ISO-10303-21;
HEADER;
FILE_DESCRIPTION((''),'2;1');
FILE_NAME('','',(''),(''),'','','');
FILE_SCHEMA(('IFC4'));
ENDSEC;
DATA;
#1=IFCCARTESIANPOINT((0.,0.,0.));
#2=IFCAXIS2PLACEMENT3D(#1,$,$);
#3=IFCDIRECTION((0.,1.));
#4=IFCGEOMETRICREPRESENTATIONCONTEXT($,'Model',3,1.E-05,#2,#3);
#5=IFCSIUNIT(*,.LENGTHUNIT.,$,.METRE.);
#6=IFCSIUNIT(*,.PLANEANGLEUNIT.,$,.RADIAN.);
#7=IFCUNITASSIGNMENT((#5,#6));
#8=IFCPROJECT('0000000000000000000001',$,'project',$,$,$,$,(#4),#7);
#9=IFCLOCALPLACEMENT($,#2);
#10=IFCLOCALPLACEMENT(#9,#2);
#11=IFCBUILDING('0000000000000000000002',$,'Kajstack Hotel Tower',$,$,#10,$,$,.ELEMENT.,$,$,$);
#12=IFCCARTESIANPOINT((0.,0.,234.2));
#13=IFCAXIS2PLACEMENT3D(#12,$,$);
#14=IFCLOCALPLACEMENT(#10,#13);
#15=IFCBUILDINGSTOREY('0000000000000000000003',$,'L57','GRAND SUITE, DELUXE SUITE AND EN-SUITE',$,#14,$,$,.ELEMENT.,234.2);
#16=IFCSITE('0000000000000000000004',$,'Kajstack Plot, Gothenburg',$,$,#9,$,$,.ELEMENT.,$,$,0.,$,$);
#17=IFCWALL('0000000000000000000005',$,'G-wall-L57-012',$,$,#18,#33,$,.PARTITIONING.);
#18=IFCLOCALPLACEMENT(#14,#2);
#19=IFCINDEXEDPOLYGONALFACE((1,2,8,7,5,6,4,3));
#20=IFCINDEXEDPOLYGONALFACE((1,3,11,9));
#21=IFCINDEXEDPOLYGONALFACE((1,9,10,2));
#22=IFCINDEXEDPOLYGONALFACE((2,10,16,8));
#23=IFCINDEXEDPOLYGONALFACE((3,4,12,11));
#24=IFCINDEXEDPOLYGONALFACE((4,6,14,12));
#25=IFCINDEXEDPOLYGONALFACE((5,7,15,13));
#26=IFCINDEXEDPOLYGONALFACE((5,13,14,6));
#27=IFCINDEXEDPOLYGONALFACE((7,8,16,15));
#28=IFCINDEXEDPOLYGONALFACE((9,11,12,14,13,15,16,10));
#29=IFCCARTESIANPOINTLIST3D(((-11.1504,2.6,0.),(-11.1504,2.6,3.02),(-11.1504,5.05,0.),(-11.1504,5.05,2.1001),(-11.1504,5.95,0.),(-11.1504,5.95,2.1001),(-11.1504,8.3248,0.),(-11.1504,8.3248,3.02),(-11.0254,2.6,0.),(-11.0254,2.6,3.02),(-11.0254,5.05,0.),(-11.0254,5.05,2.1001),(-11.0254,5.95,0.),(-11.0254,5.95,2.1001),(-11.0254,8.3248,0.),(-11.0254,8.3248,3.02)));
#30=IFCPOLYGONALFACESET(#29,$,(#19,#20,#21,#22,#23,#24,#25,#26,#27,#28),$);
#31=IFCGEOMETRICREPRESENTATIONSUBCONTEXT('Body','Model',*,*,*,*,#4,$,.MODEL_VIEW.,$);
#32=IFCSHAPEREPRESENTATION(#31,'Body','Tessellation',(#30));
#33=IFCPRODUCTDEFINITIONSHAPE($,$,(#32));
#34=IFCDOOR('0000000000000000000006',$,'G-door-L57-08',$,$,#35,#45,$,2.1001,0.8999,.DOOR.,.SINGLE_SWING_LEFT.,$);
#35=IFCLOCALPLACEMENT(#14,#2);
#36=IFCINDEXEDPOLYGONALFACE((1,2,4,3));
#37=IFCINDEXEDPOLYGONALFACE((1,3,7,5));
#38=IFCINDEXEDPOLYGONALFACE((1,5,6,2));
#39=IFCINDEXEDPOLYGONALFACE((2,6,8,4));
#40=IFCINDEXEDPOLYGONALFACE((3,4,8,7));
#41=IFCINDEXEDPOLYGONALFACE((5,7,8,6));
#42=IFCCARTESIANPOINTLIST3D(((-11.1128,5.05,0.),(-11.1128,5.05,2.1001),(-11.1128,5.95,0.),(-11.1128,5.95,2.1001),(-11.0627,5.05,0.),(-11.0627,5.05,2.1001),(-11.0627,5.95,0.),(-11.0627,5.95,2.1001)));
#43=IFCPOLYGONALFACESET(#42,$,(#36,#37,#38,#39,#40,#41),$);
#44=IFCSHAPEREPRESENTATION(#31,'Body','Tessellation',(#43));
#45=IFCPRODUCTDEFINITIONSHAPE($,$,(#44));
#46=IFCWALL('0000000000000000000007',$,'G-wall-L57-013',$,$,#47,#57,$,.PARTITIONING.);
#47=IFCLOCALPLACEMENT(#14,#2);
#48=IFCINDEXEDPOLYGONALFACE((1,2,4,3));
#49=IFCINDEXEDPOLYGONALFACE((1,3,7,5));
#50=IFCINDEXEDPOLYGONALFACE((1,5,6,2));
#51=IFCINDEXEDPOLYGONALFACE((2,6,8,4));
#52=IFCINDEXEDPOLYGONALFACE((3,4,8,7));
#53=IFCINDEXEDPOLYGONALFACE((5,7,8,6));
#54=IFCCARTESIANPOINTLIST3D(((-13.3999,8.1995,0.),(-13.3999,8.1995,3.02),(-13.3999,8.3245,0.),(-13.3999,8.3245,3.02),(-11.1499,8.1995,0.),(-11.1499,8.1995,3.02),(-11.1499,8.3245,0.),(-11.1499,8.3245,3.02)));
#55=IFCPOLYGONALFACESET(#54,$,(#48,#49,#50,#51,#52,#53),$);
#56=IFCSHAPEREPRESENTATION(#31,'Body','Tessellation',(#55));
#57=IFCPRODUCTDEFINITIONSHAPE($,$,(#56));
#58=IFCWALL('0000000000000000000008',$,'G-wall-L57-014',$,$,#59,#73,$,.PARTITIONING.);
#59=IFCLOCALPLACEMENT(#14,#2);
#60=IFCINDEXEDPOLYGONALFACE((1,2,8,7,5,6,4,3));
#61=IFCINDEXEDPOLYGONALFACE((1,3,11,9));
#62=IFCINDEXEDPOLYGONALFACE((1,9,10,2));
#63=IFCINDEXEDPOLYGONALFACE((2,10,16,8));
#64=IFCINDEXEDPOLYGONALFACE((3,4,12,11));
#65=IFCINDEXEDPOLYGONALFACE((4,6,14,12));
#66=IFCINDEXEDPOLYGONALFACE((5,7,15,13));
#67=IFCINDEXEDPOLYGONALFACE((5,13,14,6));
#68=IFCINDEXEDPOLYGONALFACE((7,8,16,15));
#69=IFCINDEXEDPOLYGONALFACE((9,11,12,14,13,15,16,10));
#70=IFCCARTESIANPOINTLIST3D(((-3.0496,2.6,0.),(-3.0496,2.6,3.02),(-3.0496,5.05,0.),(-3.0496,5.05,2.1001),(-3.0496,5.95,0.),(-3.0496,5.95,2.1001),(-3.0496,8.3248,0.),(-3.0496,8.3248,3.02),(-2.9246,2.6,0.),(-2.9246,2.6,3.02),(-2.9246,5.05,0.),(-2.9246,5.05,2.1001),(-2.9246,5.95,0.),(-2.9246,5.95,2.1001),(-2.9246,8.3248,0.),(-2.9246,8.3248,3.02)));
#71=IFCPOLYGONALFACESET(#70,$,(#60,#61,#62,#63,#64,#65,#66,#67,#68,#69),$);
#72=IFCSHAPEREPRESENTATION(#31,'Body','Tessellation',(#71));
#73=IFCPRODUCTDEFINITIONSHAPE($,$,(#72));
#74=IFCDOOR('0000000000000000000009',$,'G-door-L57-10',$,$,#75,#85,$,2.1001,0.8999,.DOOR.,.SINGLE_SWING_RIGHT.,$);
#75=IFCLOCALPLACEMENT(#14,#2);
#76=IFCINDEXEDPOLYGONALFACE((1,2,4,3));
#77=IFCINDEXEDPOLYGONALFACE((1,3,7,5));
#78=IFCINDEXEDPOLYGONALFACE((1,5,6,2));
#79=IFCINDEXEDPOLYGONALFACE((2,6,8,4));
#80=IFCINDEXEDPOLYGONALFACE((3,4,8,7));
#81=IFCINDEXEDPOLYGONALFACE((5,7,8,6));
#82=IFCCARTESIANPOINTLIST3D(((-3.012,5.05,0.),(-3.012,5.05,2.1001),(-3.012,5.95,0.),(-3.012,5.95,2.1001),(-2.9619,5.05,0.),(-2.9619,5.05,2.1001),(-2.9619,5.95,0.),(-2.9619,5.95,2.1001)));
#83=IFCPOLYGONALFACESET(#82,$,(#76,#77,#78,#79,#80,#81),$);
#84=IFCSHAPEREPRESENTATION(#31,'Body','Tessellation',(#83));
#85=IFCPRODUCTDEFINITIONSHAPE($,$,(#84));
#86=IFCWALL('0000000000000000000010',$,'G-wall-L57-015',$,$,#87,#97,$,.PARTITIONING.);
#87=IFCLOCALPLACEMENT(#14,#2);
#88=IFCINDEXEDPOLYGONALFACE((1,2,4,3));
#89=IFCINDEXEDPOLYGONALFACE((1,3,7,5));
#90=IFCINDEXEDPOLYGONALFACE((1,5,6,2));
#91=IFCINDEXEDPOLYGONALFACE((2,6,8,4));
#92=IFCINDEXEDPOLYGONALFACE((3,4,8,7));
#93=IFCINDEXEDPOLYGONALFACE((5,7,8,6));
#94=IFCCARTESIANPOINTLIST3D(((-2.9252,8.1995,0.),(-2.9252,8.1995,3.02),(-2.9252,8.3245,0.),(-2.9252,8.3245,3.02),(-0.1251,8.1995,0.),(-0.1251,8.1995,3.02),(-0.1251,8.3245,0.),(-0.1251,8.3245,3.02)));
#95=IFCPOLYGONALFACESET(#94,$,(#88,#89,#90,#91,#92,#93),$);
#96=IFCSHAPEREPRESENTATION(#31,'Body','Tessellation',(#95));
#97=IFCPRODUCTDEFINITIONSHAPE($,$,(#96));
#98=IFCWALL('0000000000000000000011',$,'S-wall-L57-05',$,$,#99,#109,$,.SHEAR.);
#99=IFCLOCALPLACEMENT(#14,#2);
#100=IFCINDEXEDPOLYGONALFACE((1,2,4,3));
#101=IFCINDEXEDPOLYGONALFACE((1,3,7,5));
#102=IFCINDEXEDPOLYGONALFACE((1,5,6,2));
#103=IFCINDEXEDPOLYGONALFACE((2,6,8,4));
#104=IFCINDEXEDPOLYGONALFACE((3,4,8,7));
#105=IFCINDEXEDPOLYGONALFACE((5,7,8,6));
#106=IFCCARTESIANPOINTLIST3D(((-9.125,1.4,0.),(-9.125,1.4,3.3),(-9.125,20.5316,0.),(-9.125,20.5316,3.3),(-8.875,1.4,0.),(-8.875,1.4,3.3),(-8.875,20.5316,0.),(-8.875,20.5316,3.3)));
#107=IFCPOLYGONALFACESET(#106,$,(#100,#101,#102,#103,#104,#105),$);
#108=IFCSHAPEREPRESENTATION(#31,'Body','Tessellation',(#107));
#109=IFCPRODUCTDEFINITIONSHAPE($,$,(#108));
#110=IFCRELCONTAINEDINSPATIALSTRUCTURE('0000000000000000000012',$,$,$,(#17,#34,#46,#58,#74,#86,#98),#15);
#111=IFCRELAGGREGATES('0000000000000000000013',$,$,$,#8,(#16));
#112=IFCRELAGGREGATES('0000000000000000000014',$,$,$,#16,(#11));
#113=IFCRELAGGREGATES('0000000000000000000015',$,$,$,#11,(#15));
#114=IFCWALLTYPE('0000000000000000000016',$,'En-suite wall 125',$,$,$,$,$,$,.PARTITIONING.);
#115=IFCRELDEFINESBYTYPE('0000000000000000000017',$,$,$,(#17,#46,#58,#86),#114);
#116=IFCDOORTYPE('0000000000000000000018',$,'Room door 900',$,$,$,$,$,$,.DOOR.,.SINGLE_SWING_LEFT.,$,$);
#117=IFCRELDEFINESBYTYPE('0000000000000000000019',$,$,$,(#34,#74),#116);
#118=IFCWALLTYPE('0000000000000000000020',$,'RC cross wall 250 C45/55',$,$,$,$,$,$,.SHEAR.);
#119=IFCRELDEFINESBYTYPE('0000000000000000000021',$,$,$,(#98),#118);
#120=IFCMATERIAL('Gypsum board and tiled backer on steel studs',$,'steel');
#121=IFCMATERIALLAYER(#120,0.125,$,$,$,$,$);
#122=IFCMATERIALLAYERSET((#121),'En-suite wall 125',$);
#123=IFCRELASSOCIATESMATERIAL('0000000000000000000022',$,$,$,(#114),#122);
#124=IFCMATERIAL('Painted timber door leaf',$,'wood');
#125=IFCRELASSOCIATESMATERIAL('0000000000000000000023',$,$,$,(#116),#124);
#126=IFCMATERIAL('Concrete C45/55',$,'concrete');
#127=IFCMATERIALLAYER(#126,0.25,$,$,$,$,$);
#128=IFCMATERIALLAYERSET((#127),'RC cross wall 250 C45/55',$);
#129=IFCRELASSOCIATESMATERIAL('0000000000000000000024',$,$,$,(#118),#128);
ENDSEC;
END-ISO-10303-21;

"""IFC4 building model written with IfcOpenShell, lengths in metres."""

from ifc_helpers import new_model, si_unit, direction, frame, frame_2d, origin, place, context, subcontext, project, spatial, rectangle, extrude, material, layer, layer_set, type_object, element, fill, save


model = new_model("IFC4")

# Units and contexts
model_context = context("Model", 3, precision=1e-05, world=origin(), true_north=direction((0.0, 1.0)))
body_context = subcontext(model_context, "Body", "Model", "MODEL_VIEW")
ifc_project = project(units=[si_unit("LENGTHUNIT", "METRE"), si_unit("PLANEANGLEUNIT", "RADIAN")], contexts=[model_context])

# Site, building, storey
site_placement = place(None, origin())
site = spatial("IfcSite", under=ifc_project, at=site_placement, Name="Kajstack Plot, Gothenburg", CompositionType="ELEMENT", RefElevation=0.0)
building_placement = place(site_placement, origin())
building = spatial("IfcBuilding", under=site, at=building_placement, Name="Kajstack Hotel Tower", CompositionType="ELEMENT")
storey_placement = place(building_placement, frame((0.0, 0.0, 234.2)))
storey = spatial("IfcBuildingStorey", under=building, at=storey_placement, Name="L57", Description="GRAND SUITE, DELUXE SUITE AND EN-SUITE", CompositionType="ELEMENT", Elevation=234.2)

# Shared definitions
ifc_material_1 = material(Name="Gypsum board and tiled backer on steel studs", Category="steel")
ifc_layer_1 = layer(ifc_material_1, 0.125)
ifc_layer_set_1 = layer_set([ifc_layer_1], Name="En-suite wall 125")
wall_type_1 = type_object("IfcWallType", Name="En-suite wall 125", PredefinedType="PARTITIONING", material=ifc_layer_set_1)
ifc_material_2 = material(Name="Painted timber door leaf", Category="wood")
door_type_1 = type_object("IfcDoorType", Name="Room door 900", OperationType="SINGLE_SWING_LEFT", PredefinedType="DOOR", material=ifc_material_2)

# Wall, opening, door
wall_1_placement = place(storey_placement, frame((-11.0879, 2.6001, 0.0), z_axis=(0.0, 0.0, 1.0), x_axis=(0.0, 1.0, 0.0)))
wall_1 = element("IfcWall", 1, at=wall_1_placement, inside=storey, type_object=wall_type_1, Name="G-wall-L57-012", PredefinedType="PARTITIONING", context=body_context, shape_type="SweptSolid", body=[
    extrude(rectangle(XDim=5.7249, YDim=0.125, at=frame_2d((2.8623, 0.0))), origin(), (0.0, 0.0, 1.0), 3.02),
])
opening_1_placement = place(wall_1_placement, frame((2.45, 0.0, 0.0)))
opening_1 = element("IfcOpeningElement", 2, at=opening_1_placement, cuts=wall_1, PredefinedType="OPENING", context=body_context, shape_type="SweptSolid", body=[
    extrude(rectangle(XDim=0.8999, YDim=2.1001, at=frame_2d((0.45, 1.05))), frame((0.0, 0.0725, 0.0), z_axis=(0.0, -1.0, 0.0), x_axis=(1.0, 0.0, 0.0)), (0.0, 0.0, 1.0), 0.145),
])
door_1_placement = place(opening_1_placement, origin())
door_1 = element("IfcDoor", 3, at=door_1_placement, inside=storey, type_object=door_type_1, Name="G-door-L57-08", OperationType="SINGLE_SWING_LEFT", OverallHeight=2.1001, OverallWidth=0.8999, PredefinedType="DOOR", context=body_context, shape_type="SweptSolid", body=[
    extrude(rectangle(XDim=0.8999, YDim=2.1001, at=frame_2d((0.45, 1.05))), frame((0.0, 0.0249, 0.0), z_axis=(0.0, -1.0, 0.0), x_axis=(1.0, 0.0, 0.0)), (0.0, 0.0, 1.0), 0.05),
])
fill(opening_1, door_1)

# Wall
wall_2_placement = place(storey_placement, frame((-13.3999, 8.262, 0.0), z_axis=(0.0, 0.0, 1.0), x_axis=(1.0, 0.0, 0.0)))
element("IfcWall", 4, at=wall_2_placement, inside=storey, type_object=wall_type_1, Name="G-wall-L57-013", PredefinedType="PARTITIONING", context=body_context, shape_type="SweptSolid", body=[
    extrude(rectangle(XDim=2.25, YDim=0.125, at=frame_2d((1.125, 0.0))), origin(), (0.0, 0.0, 1.0), 3.02),
])

# Wall, opening, door
wall_3_placement = place(storey_placement, frame((-2.9871, 2.6001, 0.0), z_axis=(0.0, 0.0, 1.0), x_axis=(0.0, 1.0, 0.0)))
wall_3 = element("IfcWall", 5, at=wall_3_placement, inside=storey, type_object=wall_type_1, Name="G-wall-L57-014", PredefinedType="PARTITIONING", context=body_context, shape_type="SweptSolid", body=[
    extrude(rectangle(XDim=5.7249, YDim=0.125, at=frame_2d((2.8623, 0.0))), origin(), (0.0, 0.0, 1.0), 3.02),
])
opening_2_placement = place(wall_3_placement, frame((2.45, 0.0, 0.0)))
opening_2 = element("IfcOpeningElement", 6, at=opening_2_placement, cuts=wall_3, PredefinedType="OPENING", context=body_context, shape_type="SweptSolid", body=[
    extrude(rectangle(XDim=0.8999, YDim=2.1001, at=frame_2d((0.45, 1.05))), frame((0.0, 0.0725, 0.0), z_axis=(0.0, -1.0, 0.0), x_axis=(1.0, 0.0, 0.0)), (0.0, 0.0, 1.0), 0.145),
])
door_2_placement = place(opening_2_placement, origin())
door_2 = element("IfcDoor", 7, at=door_2_placement, inside=storey, type_object=door_type_1, Name="G-door-L57-10", OperationType="SINGLE_SWING_RIGHT", OverallHeight=2.1001, OverallWidth=0.8999, PredefinedType="DOOR", context=body_context, shape_type="SweptSolid", body=[
    extrude(rectangle(XDim=0.8999, YDim=2.1001, at=frame_2d((0.45, 1.05))), frame((0.0, 0.0249, 0.0), z_axis=(0.0, -1.0, 0.0), x_axis=(1.0, 0.0, 0.0)), (0.0, 0.0, 1.0), 0.05),
])
fill(opening_2, door_2)

# Walls
wall_4_placement = place(storey_placement, frame((-2.925, 8.262, 0.0), z_axis=(0.0, 0.0, 1.0), x_axis=(1.0, 0.0, 0.0)))
element("IfcWall", 8, at=wall_4_placement, inside=storey, type_object=wall_type_1, Name="G-wall-L57-015", PredefinedType="PARTITIONING", context=body_context, shape_type="SweptSolid", body=[
    extrude(rectangle(XDim=2.8, YDim=0.125, at=frame_2d((1.3999, 0.0))), origin(), (0.0, 0.0, 1.0), 3.02),
])
ifc_material_3 = material(Name="Concrete C45/55", Category="concrete")
ifc_layer_2 = layer(ifc_material_3, 0.25)
ifc_layer_set_2 = layer_set([ifc_layer_2], Name="RC cross wall 250 C45/55")
wall_type_2 = type_object("IfcWallType", Name="RC cross wall 250 C45/55", PredefinedType="SHEAR", material=ifc_layer_set_2)
wall_5_placement = place(storey_placement, frame((-9.0, 1.3999, 0.0), z_axis=(0.0, 0.0, 1.0), x_axis=(0.0, 1.0, 0.0)))
element("IfcWall", 9, at=wall_5_placement, inside=storey, type_object=wall_type_2, Name="S-wall-L57-05", PredefinedType="SHEAR", context=body_context, shape_type="SweptSolid", body=[
    extrude(rectangle(XDim=19.1316, YDim=0.25, at=frame_2d((9.5659, 0.0))), origin(), (0.0, 0.0, 1.0), 3.3),
])

save(model, "model.ifc")
